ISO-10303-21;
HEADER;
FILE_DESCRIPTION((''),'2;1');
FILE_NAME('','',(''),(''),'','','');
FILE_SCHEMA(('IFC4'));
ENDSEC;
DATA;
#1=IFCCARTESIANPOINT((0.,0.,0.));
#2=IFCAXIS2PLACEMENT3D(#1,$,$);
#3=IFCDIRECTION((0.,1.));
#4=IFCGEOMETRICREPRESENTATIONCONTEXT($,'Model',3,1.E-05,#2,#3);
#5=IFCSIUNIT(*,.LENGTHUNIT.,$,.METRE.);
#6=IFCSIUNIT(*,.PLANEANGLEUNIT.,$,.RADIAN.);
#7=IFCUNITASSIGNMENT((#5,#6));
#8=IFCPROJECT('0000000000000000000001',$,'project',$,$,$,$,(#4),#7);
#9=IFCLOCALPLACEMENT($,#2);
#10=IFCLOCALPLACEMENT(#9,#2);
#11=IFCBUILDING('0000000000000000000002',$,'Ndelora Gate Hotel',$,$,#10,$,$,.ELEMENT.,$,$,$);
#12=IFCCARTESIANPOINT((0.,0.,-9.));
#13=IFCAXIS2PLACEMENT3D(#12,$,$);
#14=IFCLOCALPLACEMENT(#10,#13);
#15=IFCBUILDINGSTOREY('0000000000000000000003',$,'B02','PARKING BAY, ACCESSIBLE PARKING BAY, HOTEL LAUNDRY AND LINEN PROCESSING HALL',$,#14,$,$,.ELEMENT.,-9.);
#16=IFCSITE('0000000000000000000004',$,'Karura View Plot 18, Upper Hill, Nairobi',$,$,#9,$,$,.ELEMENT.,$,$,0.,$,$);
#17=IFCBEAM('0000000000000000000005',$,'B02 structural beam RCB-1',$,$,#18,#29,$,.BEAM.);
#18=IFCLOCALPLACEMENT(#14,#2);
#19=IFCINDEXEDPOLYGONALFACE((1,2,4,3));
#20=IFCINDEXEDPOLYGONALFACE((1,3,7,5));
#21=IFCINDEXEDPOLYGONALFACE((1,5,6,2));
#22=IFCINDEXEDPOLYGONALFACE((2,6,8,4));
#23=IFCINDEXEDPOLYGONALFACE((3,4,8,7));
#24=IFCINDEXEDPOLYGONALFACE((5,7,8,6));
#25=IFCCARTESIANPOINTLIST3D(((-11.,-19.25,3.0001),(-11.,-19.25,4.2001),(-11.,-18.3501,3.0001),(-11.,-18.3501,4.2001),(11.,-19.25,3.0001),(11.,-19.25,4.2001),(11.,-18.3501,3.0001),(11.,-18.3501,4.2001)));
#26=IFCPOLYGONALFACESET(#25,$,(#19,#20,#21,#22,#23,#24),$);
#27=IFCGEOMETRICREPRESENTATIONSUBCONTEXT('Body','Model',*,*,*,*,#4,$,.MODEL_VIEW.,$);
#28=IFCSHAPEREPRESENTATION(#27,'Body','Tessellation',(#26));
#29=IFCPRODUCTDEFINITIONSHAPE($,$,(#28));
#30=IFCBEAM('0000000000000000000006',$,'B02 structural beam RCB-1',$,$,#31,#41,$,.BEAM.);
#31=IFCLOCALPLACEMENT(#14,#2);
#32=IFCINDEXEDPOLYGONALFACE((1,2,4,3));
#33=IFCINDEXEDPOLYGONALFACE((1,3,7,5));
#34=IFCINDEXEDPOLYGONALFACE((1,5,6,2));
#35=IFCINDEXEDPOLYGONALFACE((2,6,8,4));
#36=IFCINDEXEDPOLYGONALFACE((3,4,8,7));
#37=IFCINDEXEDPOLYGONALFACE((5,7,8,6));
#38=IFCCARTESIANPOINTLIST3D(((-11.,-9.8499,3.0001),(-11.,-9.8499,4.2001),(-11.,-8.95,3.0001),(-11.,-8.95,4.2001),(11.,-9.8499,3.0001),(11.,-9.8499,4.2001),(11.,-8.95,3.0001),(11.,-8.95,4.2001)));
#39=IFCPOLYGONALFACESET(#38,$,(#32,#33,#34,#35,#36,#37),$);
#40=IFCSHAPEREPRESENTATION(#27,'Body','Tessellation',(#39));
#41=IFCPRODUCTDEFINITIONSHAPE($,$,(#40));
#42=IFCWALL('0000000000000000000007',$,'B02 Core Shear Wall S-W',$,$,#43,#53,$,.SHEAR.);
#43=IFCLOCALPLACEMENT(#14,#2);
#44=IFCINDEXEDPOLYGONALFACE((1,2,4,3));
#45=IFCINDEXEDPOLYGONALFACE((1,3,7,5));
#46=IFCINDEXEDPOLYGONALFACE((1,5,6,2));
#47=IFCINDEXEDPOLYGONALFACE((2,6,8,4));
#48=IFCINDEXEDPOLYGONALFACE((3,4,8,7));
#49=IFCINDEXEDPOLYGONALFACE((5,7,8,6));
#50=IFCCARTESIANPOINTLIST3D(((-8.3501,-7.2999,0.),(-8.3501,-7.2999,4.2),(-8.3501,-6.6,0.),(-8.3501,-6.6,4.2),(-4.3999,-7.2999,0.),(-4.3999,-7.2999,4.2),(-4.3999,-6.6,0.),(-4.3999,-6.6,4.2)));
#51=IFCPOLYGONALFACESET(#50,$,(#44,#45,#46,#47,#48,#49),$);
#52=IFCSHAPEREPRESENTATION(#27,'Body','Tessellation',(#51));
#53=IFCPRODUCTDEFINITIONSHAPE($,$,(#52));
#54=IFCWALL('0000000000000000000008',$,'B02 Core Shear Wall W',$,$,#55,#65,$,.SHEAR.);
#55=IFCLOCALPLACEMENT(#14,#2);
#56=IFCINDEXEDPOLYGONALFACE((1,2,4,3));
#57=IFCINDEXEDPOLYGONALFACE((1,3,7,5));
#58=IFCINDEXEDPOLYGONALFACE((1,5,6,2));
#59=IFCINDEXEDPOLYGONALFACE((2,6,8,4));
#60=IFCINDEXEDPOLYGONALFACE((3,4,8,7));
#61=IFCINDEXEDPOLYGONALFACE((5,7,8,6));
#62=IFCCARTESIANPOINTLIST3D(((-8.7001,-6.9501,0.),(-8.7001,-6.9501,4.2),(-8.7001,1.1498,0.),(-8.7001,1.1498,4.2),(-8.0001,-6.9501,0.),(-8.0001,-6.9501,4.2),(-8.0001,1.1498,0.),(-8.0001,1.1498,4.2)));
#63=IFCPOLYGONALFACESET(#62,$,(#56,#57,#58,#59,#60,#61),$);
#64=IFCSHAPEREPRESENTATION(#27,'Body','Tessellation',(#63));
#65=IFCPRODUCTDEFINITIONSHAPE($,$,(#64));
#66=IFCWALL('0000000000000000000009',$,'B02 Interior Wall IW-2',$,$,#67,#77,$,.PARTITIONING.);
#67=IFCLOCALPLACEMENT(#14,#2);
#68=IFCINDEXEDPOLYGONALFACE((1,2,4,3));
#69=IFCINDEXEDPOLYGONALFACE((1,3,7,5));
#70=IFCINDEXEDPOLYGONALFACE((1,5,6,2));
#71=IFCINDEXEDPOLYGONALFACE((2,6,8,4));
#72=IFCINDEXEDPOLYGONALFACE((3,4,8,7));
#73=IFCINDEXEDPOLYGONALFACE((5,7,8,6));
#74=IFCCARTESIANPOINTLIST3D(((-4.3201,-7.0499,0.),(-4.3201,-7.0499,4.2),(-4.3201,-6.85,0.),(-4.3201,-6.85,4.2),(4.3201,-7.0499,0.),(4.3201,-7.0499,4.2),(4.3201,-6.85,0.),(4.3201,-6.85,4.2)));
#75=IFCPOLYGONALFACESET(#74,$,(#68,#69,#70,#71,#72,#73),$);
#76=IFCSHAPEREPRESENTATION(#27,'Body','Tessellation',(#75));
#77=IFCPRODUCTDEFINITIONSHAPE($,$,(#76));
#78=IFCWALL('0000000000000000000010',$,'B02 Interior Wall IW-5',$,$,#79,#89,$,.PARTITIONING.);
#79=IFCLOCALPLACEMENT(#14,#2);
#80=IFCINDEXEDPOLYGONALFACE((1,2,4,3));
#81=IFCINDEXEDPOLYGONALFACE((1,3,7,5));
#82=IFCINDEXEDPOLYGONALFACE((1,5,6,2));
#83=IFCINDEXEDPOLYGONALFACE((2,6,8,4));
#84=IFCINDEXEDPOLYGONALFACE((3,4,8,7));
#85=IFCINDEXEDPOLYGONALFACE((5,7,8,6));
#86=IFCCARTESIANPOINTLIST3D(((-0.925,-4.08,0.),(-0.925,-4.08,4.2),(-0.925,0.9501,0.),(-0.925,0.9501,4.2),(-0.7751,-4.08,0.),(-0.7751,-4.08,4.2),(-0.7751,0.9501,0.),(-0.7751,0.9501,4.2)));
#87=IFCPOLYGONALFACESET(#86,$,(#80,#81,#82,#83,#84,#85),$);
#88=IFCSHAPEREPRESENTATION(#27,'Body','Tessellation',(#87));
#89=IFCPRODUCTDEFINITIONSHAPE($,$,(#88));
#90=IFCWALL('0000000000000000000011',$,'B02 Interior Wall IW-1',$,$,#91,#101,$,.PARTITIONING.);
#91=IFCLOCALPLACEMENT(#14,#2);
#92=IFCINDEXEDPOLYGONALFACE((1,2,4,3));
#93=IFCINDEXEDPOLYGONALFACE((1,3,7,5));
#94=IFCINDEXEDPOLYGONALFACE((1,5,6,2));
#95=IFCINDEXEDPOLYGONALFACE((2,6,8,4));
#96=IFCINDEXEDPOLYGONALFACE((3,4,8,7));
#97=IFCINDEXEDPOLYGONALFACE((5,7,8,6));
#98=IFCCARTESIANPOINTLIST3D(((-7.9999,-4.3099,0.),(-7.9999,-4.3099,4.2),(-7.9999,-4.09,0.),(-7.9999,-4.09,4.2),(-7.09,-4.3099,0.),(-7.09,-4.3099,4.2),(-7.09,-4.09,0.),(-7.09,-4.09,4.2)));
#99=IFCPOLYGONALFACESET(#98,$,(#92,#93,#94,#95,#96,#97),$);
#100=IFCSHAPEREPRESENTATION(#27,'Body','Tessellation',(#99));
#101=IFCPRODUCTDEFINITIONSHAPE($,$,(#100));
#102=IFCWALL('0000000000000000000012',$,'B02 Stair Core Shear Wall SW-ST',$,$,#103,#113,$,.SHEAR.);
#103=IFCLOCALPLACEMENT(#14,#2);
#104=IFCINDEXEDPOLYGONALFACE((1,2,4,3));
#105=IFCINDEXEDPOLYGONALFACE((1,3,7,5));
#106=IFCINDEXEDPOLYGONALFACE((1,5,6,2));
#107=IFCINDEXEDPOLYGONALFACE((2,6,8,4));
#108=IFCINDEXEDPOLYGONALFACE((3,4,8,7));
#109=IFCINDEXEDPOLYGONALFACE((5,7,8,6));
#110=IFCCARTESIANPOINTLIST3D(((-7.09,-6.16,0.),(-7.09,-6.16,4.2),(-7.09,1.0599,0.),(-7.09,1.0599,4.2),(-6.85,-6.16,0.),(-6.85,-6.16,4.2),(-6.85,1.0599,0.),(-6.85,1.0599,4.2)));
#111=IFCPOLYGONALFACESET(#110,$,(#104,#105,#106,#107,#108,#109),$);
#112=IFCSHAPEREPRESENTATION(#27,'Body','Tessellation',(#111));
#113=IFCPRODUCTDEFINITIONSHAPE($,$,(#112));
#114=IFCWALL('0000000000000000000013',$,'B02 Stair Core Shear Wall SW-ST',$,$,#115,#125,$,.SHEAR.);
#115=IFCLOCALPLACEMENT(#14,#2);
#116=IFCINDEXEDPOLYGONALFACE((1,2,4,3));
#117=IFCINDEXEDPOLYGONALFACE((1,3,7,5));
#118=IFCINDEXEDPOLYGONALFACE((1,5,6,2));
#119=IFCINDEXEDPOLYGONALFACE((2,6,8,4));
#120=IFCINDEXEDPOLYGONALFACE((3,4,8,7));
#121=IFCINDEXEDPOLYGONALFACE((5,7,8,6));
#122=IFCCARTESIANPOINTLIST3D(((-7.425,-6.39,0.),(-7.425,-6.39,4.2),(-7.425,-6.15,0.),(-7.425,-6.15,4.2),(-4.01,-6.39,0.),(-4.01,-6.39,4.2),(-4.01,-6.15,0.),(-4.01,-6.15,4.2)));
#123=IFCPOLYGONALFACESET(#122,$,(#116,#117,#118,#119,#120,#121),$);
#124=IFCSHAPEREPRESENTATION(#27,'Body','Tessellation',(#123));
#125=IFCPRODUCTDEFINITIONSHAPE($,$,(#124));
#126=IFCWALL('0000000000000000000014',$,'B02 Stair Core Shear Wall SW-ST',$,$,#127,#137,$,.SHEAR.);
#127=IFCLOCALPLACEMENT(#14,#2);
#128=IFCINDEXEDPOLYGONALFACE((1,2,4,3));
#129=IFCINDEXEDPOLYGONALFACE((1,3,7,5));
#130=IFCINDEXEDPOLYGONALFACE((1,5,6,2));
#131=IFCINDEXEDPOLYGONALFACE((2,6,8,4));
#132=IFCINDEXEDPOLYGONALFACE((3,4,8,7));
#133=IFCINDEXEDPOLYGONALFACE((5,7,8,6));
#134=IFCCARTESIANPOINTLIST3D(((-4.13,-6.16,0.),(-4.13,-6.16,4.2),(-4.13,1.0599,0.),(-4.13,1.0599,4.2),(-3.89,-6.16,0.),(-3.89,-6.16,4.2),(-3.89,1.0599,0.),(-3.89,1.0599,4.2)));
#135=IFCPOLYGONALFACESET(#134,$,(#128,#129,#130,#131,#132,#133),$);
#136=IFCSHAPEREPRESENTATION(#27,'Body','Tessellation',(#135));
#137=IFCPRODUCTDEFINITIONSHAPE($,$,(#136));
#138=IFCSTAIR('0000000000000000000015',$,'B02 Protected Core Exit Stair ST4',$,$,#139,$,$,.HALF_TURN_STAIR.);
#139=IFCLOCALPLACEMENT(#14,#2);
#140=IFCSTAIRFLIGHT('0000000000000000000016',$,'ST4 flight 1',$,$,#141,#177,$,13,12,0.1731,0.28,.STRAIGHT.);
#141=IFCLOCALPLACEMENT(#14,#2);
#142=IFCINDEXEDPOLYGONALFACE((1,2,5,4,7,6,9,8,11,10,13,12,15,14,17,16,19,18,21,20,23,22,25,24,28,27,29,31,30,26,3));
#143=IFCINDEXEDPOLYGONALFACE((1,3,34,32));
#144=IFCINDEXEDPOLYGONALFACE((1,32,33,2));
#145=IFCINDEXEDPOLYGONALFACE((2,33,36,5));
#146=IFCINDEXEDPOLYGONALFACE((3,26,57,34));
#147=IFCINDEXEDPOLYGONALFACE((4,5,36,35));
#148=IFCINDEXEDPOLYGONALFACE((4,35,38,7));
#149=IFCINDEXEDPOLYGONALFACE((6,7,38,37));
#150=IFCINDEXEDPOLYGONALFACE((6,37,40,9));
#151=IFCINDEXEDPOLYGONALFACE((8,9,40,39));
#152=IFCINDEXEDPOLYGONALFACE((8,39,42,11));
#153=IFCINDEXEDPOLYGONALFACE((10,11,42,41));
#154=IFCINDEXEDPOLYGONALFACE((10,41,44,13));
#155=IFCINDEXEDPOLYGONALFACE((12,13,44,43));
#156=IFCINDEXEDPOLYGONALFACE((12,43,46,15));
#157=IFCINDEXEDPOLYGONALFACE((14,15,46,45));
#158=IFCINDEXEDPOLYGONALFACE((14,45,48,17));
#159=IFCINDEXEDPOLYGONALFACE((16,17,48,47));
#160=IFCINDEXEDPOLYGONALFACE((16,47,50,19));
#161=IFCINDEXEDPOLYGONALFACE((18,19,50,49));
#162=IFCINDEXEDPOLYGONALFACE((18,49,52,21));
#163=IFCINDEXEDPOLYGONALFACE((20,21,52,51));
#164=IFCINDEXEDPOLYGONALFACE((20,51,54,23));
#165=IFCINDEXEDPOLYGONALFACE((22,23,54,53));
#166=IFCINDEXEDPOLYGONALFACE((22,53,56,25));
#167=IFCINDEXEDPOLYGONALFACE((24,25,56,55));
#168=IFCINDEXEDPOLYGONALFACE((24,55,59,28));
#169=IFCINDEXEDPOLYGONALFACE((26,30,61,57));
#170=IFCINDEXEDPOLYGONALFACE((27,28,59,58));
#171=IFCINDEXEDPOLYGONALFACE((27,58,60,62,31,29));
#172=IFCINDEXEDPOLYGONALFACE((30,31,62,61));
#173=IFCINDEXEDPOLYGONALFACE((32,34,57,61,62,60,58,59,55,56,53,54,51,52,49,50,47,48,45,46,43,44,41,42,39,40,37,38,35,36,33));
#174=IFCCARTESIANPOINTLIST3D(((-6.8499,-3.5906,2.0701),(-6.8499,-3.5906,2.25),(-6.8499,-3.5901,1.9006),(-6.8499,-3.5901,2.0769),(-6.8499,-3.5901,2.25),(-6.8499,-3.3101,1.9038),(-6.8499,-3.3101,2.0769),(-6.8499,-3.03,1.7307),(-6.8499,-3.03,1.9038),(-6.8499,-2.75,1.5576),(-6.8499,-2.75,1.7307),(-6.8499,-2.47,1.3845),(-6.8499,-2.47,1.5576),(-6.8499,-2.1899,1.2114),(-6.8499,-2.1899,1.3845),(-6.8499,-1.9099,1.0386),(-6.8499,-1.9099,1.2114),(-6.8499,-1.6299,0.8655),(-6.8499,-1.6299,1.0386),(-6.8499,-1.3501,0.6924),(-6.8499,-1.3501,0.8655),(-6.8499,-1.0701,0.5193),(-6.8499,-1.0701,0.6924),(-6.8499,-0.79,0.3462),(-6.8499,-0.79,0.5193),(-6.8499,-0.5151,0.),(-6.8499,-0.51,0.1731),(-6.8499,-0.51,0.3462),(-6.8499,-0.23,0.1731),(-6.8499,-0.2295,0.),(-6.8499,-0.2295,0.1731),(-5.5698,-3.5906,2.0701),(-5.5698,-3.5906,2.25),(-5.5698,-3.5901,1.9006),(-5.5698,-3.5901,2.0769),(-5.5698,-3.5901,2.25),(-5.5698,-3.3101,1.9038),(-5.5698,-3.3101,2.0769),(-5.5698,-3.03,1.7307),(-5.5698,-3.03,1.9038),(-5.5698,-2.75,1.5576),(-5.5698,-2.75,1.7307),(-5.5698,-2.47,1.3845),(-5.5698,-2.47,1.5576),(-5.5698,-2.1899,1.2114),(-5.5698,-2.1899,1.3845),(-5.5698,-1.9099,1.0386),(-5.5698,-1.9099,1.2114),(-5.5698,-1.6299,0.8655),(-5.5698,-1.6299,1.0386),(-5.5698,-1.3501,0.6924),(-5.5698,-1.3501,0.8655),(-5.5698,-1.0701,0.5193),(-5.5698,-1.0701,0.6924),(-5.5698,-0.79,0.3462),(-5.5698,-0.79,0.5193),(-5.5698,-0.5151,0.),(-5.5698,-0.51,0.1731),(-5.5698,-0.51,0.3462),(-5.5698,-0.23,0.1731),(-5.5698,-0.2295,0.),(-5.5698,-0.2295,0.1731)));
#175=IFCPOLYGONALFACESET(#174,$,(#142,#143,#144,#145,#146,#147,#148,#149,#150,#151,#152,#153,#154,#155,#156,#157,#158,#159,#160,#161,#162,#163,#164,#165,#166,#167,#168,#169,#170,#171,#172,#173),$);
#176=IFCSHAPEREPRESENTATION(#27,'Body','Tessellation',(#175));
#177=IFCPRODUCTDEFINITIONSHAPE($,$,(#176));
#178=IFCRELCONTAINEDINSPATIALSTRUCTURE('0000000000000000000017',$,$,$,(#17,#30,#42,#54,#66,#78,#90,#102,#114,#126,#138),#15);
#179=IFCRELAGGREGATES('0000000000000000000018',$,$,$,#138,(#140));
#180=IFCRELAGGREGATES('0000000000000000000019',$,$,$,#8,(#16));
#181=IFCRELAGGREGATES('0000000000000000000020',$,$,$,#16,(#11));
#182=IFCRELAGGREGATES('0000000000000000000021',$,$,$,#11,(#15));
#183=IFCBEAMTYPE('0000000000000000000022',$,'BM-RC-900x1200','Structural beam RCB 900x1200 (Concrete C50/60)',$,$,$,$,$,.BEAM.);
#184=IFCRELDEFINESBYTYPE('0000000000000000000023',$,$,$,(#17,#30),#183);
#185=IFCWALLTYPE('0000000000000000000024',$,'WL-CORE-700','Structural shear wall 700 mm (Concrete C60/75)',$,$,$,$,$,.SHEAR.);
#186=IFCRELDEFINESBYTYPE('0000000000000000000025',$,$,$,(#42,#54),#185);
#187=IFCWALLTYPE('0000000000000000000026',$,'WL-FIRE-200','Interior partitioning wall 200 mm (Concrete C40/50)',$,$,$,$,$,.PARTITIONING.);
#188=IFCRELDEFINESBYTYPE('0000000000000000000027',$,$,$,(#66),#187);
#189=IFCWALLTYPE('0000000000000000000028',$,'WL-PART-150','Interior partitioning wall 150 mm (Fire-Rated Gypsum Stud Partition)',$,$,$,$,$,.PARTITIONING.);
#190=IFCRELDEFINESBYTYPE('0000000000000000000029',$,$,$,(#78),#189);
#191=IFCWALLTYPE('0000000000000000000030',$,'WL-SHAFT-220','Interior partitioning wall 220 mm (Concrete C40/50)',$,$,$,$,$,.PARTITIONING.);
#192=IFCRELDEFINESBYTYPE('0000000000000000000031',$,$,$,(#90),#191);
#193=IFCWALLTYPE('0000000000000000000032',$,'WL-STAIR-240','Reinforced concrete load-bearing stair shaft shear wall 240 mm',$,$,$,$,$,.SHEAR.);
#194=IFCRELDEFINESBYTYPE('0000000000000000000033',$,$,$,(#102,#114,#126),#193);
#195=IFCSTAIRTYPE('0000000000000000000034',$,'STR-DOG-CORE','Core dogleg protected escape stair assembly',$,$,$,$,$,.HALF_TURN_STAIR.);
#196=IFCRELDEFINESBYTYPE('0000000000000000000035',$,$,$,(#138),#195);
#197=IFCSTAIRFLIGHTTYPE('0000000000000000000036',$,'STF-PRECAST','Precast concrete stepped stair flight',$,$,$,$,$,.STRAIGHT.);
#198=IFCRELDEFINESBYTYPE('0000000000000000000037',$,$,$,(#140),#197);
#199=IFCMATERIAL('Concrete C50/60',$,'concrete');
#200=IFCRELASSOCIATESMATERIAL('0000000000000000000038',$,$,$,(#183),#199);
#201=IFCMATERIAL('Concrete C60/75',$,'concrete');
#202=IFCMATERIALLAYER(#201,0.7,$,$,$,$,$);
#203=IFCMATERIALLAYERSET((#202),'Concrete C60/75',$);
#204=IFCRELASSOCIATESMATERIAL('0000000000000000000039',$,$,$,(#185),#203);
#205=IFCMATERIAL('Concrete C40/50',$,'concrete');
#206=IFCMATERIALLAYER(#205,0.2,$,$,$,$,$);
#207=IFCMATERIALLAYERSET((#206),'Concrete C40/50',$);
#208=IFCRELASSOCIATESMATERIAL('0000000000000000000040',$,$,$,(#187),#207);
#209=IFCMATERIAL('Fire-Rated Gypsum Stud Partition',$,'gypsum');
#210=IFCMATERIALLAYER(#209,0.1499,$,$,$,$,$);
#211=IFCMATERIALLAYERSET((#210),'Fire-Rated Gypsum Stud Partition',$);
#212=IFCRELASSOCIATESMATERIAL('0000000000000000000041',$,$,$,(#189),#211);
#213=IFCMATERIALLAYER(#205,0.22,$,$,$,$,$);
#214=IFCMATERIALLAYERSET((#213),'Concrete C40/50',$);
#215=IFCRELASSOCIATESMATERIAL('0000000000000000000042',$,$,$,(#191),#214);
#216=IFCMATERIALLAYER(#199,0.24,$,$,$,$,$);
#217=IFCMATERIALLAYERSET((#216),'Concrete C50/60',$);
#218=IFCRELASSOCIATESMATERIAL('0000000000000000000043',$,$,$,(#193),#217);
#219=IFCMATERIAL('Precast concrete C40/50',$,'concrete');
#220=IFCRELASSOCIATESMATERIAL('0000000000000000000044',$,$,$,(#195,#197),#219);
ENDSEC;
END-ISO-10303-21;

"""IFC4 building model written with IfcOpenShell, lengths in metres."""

from ifc_helpers import new_model, si_unit, direction, frame, frame_2d, origin, origin_2d, place, context, subcontext, project, spatial, polyline, rectangle, outline, extrude, material, layer, layer_set, material_profile, profile_set, type_object, element, aggregate, save


model = new_model("IFC4")

# Units and contexts
model_context = context("Model", 3, precision=1e-05, world=origin(), true_north=direction((0.0, 1.0)))
body_context = subcontext(model_context, "Body", "Model", "MODEL_VIEW")
ifc_project = project(units=[si_unit("LENGTHUNIT", "METRE"), si_unit("PLANEANGLEUNIT", "RADIAN")], contexts=[model_context])

# Site, building, storey
site_placement = place(None, origin())
site = spatial("IfcSite", under=ifc_project, at=site_placement, Name="Karura View Plot 18, Upper Hill, Nairobi", CompositionType="ELEMENT", RefElevation=0.0)
building_placement = place(site_placement, origin())
building = spatial("IfcBuilding", under=site, at=building_placement, Name="Ndelora Gate Hotel", CompositionType="ELEMENT")
storey_placement = place(building_placement, frame((0.0, 0.0, -9.0)))
storey = spatial("IfcBuildingStorey", under=building, at=storey_placement, Name="B02", Description="PARKING BAY, ACCESSIBLE PARKING BAY, HOTEL LAUNDRY AND LINEN PROCESSING HALL", CompositionType="ELEMENT", Elevation=-9.0)

# Shared definitions
ifc_material_1 = material(Name="Concrete C60/75", Category="concrete")
ifc_material_2 = material(Name="Concrete C50/60", Category="concrete")

# Beams
ifc_material_3 = material(Name="Concrete C40/50", Category="concrete")
ifc_material_profile_1 = material_profile(ifc_material_2, rectangle(XDim=0.8999, YDim=1.2, at=origin_2d()), Name="RCB 900x1200")
ifc_profile_set_1 = profile_set([ifc_material_profile_1], Name="Concrete C50/60")
beam_type_1 = type_object("IfcBeamType", Name="BM-RC-900x1200", Description="Structural beam RCB 900x1200 (Concrete C50/60)", PredefinedType="BEAM", material=ifc_profile_set_1)
for number, where, z_axis, x_axis, name in (
    (1, (-11.0, -18.8, 3.6001), (1.0, 0.0, 0.0), (0.0, 1.0, 0.0), "B02 structural beam RCB-1"),
    (2, (-11.0, -9.3999, 3.6001), (1.0, 0.0, 0.0), (0.0, 1.0, 0.0), "B02 structural beam RCB-1"),
):
    element("IfcBeam", number, at=place(storey_placement, frame(where, z_axis=z_axis, x_axis=x_axis)), inside=storey, type_object=beam_type_1, Name=name, PredefinedType="BEAM", context=body_context, shape_type="SweptSolid", body=[
        extrude(rectangle(XDim=0.8999, YDim=1.2, at=origin_2d()), origin(), (0.0, 0.0, 1.0), 22.0),
    ])

# Walls
ifc_layer_1 = layer(ifc_material_1, 0.7)
ifc_layer_set_1 = layer_set([ifc_layer_1], Name="Concrete C60/75")
wall_type_1 = type_object("IfcWallType", Name="WL-CORE-700", Description="Structural shear wall 700 mm (Concrete C60/75)", PredefinedType="SHEAR", material=ifc_layer_set_1)
wall_1_placement = place(storey_placement, frame((-8.3501, -6.95, 0.0), z_axis=(0.0, 0.0, 1.0), x_axis=(1.0, 0.0, 0.0)))
element("IfcWall", 3, at=wall_1_placement, inside=storey, type_object=wall_type_1, Name="B02 Core Shear Wall S-W", PredefinedType="SHEAR", context=body_context, shape_type="SweptSolid", body=[
    extrude(rectangle(XDim=3.9502, YDim=0.7, at=frame_2d((1.9751, 0.0))), origin(), (0.0, 0.0, 1.0), 4.2),
])
wall_2_placement = place(storey_placement, frame((-8.3501, -6.95, 0.0), z_axis=(0.0, 0.0, 1.0), x_axis=(0.0, 1.0, 0.0)))
element("IfcWall", 4, at=wall_2_placement, inside=storey, type_object=wall_type_1, Name="B02 Core Shear Wall W", PredefinedType="SHEAR", context=body_context, shape_type="SweptSolid", body=[
    extrude(rectangle(XDim=8.0999, YDim=0.7, at=frame_2d((4.0498, 0.0))), origin(), (0.0, 0.0, 1.0), 4.2),
])
ifc_layer_2 = layer(ifc_material_3, 0.2)
ifc_layer_set_2 = layer_set([ifc_layer_2], Name="Concrete C40/50")
wall_type_2 = type_object("IfcWallType", Name="WL-FIRE-200", Description="Interior partitioning wall 200 mm (Concrete C40/50)", PredefinedType="PARTITIONING", material=ifc_layer_set_2)
wall_3_placement = place(storey_placement, frame((-4.3201, -6.95, 0.0), z_axis=(0.0, 0.0, 1.0), x_axis=(1.0, 0.0, 0.0)))
element("IfcWall", 5, at=wall_3_placement, inside=storey, type_object=wall_type_2, Name="B02 Interior Wall IW-2", PredefinedType="PARTITIONING", context=body_context, shape_type="SweptSolid", body=[
    extrude(rectangle(XDim=8.6401, YDim=0.2, at=frame_2d((4.3201, 0.0))), origin(), (0.0, 0.0, 1.0), 4.2),
])
ifc_material_4 = material(Name="Fire-Rated Gypsum Stud Partition", Category="gypsum")
ifc_layer_3 = layer(ifc_material_4, 0.1499)
ifc_layer_set_3 = layer_set([ifc_layer_3], Name="Fire-Rated Gypsum Stud Partition")
wall_type_3 = type_object("IfcWallType", Name="WL-PART-150", Description="Interior partitioning wall 150 mm (Fire-Rated Gypsum Stud Partition)", PredefinedType="PARTITIONING", material=ifc_layer_set_3)
wall_4_placement = place(storey_placement, frame((-0.8501, -4.0801, 0.0), z_axis=(0.0, 0.0, 1.0), x_axis=(0.0, 1.0, 0.0)))
element("IfcWall", 6, at=wall_4_placement, inside=storey, type_object=wall_type_3, Name="B02 Interior Wall IW-5", PredefinedType="PARTITIONING", context=body_context, shape_type="SweptSolid", body=[
    extrude(rectangle(XDim=5.03, YDim=0.1499, at=frame_2d((2.5151, 0.0))), origin(), (0.0, 0.0, 1.0), 4.2),
])
ifc_layer_4 = layer(ifc_material_3, 0.22)
ifc_layer_set_4 = layer_set([ifc_layer_4], Name="Concrete C40/50")
wall_type_4 = type_object("IfcWallType", Name="WL-SHAFT-220", Description="Interior partitioning wall 220 mm (Concrete C40/50)", PredefinedType="PARTITIONING", material=ifc_layer_set_4)
wall_5_placement = place(storey_placement, frame((-8.0, -4.2, 0.0), z_axis=(0.0, 0.0, 1.0), x_axis=(1.0, 0.0, 0.0)))
element("IfcWall", 7, at=wall_5_placement, inside=storey, type_object=wall_type_4, Name="B02 Interior Wall IW-1", PredefinedType="PARTITIONING", context=body_context, shape_type="SweptSolid", body=[
    extrude(rectangle(XDim=0.9099, YDim=0.22, at=frame_2d((0.4551, 0.0))), origin(), (0.0, 0.0, 1.0), 4.2),
])
ifc_layer_5 = layer(ifc_material_2, 0.24)
ifc_layer_set_5 = layer_set([ifc_layer_5], Name="Concrete C50/60")
wall_type_5 = type_object("IfcWallType", Name="WL-STAIR-240", Description="Reinforced concrete load-bearing stair shaft shear wall 240 mm", PredefinedType="SHEAR", material=ifc_layer_set_5)
wall_6_placement = place(storey_placement, frame((-6.97, -6.1599, 0.0), z_axis=(0.0, 0.0, 1.0), x_axis=(0.0, 1.0, 0.0)))
element("IfcWall", 8, at=wall_6_placement, inside=storey, type_object=wall_type_5, Name="B02 Stair Core Shear Wall SW-ST", PredefinedType="SHEAR", context=body_context, shape_type="SweptSolid", body=[
    extrude(rectangle(XDim=7.22, YDim=0.24, at=frame_2d((3.6099, 0.0))), origin(), (0.0, 0.0, 1.0), 4.2),
])
wall_7_placement = place(storey_placement, frame((-7.425, -6.27, 0.0), z_axis=(0.0, 0.0, 1.0), x_axis=(1.0, 0.0, 0.0)))
element("IfcWall", 9, at=wall_7_placement, inside=storey, type_object=wall_type_5, Name="B02 Stair Core Shear Wall SW-ST", PredefinedType="SHEAR", context=body_context, shape_type="SweptSolid", body=[
    extrude(rectangle(XDim=3.415, YDim=0.24, at=frame_2d((1.7075, 0.0))), origin(), (0.0, 0.0, 1.0), 4.2),
])
wall_8_placement = place(storey_placement, frame((-4.01, -6.1599, 0.0), z_axis=(0.0, 0.0, 1.0), x_axis=(0.0, 1.0, 0.0)))
element("IfcWall", 10, at=wall_8_placement, inside=storey, type_object=wall_type_5, Name="B02 Stair Core Shear Wall SW-ST", PredefinedType="SHEAR", context=body_context, shape_type="SweptSolid", body=[
    extrude(rectangle(XDim=7.22, YDim=0.24, at=frame_2d((3.6099, 0.0))), origin(), (0.0, 0.0, 1.0), 4.2),
])

# Stair, stair flight
ifc_material_5 = material(Name="Precast concrete C40/50", Category="concrete")
stair_type = type_object("IfcStairType", Name="STR-DOG-CORE", Description="Core dogleg protected escape stair assembly", PredefinedType="HALF_TURN_STAIR", material=ifc_material_5)
stair_placement = place(storey_placement, origin())
stair = element("IfcStair", 11, at=stair_placement, inside=storey, type_object=stair_type, Name="B02 Protected Core Exit Stair ST4", PredefinedType="HALF_TURN_STAIR")
stair_flight_type = type_object("IfcStairFlightType", Name="STF-PRECAST", Description="Precast concrete stepped stair flight", PredefinedType="STRAIGHT", material=ifc_material_5)
stair_flight_1_placement = place(storey_placement, frame((-6.21, -0.23, 0.0), z_axis=(0.0, 0.0, 1.0), x_axis=(0.0, -1.0, 0.0)))
stair_flight_1 = element("IfcStairFlight", 12, at=stair_flight_1_placement, type_object=stair_flight_type, Name="ST4 flight 1", NumberOfRisers=13, NumberOfTreads=12, PredefinedType="STRAIGHT", RiserHeight=0.1731, TreadLength=0.28, context=body_context, shape_type="SweptSolid", body=[
    extrude(outline(polyline([(-0.0005, 0.0), (-0.0005, 0.1731), (0.0, 0.1731), (0.28, 0.1731), (0.28, 0.3462), (0.5601, 0.3462), (0.5601, 0.5193), (0.8401, 0.5193), (0.8401, 0.6924), (1.1201, 0.6924), (1.1201, 0.8655), (1.3999, 0.8655), (1.3999, 1.0386), (1.6799, 1.0386), (1.6799, 1.2114), (1.96, 1.2114), (1.96, 1.3845), (2.24, 1.3845), (2.24, 1.5576), (2.52, 1.5576), (2.52, 1.7307), (2.8, 1.7307), (2.8, 1.9038), (3.0801, 1.9038), (3.0801, 2.0769), (3.3601, 2.0769), (3.3601, 2.25), (3.3606, 2.25), (3.3606, 2.0701), (3.3601, 1.9006), (0.2852, 0.0), (-0.0005, 0.0)])), frame((0.0, 0.6401, 0.0), z_axis=(0.0, -1.0, 0.0), x_axis=(1.0, 0.0, 0.0)), (0.0, 0.0, 1.0), 1.28),
])
aggregate(stair, [stair_flight_1])

save(model, "model.ifc")
